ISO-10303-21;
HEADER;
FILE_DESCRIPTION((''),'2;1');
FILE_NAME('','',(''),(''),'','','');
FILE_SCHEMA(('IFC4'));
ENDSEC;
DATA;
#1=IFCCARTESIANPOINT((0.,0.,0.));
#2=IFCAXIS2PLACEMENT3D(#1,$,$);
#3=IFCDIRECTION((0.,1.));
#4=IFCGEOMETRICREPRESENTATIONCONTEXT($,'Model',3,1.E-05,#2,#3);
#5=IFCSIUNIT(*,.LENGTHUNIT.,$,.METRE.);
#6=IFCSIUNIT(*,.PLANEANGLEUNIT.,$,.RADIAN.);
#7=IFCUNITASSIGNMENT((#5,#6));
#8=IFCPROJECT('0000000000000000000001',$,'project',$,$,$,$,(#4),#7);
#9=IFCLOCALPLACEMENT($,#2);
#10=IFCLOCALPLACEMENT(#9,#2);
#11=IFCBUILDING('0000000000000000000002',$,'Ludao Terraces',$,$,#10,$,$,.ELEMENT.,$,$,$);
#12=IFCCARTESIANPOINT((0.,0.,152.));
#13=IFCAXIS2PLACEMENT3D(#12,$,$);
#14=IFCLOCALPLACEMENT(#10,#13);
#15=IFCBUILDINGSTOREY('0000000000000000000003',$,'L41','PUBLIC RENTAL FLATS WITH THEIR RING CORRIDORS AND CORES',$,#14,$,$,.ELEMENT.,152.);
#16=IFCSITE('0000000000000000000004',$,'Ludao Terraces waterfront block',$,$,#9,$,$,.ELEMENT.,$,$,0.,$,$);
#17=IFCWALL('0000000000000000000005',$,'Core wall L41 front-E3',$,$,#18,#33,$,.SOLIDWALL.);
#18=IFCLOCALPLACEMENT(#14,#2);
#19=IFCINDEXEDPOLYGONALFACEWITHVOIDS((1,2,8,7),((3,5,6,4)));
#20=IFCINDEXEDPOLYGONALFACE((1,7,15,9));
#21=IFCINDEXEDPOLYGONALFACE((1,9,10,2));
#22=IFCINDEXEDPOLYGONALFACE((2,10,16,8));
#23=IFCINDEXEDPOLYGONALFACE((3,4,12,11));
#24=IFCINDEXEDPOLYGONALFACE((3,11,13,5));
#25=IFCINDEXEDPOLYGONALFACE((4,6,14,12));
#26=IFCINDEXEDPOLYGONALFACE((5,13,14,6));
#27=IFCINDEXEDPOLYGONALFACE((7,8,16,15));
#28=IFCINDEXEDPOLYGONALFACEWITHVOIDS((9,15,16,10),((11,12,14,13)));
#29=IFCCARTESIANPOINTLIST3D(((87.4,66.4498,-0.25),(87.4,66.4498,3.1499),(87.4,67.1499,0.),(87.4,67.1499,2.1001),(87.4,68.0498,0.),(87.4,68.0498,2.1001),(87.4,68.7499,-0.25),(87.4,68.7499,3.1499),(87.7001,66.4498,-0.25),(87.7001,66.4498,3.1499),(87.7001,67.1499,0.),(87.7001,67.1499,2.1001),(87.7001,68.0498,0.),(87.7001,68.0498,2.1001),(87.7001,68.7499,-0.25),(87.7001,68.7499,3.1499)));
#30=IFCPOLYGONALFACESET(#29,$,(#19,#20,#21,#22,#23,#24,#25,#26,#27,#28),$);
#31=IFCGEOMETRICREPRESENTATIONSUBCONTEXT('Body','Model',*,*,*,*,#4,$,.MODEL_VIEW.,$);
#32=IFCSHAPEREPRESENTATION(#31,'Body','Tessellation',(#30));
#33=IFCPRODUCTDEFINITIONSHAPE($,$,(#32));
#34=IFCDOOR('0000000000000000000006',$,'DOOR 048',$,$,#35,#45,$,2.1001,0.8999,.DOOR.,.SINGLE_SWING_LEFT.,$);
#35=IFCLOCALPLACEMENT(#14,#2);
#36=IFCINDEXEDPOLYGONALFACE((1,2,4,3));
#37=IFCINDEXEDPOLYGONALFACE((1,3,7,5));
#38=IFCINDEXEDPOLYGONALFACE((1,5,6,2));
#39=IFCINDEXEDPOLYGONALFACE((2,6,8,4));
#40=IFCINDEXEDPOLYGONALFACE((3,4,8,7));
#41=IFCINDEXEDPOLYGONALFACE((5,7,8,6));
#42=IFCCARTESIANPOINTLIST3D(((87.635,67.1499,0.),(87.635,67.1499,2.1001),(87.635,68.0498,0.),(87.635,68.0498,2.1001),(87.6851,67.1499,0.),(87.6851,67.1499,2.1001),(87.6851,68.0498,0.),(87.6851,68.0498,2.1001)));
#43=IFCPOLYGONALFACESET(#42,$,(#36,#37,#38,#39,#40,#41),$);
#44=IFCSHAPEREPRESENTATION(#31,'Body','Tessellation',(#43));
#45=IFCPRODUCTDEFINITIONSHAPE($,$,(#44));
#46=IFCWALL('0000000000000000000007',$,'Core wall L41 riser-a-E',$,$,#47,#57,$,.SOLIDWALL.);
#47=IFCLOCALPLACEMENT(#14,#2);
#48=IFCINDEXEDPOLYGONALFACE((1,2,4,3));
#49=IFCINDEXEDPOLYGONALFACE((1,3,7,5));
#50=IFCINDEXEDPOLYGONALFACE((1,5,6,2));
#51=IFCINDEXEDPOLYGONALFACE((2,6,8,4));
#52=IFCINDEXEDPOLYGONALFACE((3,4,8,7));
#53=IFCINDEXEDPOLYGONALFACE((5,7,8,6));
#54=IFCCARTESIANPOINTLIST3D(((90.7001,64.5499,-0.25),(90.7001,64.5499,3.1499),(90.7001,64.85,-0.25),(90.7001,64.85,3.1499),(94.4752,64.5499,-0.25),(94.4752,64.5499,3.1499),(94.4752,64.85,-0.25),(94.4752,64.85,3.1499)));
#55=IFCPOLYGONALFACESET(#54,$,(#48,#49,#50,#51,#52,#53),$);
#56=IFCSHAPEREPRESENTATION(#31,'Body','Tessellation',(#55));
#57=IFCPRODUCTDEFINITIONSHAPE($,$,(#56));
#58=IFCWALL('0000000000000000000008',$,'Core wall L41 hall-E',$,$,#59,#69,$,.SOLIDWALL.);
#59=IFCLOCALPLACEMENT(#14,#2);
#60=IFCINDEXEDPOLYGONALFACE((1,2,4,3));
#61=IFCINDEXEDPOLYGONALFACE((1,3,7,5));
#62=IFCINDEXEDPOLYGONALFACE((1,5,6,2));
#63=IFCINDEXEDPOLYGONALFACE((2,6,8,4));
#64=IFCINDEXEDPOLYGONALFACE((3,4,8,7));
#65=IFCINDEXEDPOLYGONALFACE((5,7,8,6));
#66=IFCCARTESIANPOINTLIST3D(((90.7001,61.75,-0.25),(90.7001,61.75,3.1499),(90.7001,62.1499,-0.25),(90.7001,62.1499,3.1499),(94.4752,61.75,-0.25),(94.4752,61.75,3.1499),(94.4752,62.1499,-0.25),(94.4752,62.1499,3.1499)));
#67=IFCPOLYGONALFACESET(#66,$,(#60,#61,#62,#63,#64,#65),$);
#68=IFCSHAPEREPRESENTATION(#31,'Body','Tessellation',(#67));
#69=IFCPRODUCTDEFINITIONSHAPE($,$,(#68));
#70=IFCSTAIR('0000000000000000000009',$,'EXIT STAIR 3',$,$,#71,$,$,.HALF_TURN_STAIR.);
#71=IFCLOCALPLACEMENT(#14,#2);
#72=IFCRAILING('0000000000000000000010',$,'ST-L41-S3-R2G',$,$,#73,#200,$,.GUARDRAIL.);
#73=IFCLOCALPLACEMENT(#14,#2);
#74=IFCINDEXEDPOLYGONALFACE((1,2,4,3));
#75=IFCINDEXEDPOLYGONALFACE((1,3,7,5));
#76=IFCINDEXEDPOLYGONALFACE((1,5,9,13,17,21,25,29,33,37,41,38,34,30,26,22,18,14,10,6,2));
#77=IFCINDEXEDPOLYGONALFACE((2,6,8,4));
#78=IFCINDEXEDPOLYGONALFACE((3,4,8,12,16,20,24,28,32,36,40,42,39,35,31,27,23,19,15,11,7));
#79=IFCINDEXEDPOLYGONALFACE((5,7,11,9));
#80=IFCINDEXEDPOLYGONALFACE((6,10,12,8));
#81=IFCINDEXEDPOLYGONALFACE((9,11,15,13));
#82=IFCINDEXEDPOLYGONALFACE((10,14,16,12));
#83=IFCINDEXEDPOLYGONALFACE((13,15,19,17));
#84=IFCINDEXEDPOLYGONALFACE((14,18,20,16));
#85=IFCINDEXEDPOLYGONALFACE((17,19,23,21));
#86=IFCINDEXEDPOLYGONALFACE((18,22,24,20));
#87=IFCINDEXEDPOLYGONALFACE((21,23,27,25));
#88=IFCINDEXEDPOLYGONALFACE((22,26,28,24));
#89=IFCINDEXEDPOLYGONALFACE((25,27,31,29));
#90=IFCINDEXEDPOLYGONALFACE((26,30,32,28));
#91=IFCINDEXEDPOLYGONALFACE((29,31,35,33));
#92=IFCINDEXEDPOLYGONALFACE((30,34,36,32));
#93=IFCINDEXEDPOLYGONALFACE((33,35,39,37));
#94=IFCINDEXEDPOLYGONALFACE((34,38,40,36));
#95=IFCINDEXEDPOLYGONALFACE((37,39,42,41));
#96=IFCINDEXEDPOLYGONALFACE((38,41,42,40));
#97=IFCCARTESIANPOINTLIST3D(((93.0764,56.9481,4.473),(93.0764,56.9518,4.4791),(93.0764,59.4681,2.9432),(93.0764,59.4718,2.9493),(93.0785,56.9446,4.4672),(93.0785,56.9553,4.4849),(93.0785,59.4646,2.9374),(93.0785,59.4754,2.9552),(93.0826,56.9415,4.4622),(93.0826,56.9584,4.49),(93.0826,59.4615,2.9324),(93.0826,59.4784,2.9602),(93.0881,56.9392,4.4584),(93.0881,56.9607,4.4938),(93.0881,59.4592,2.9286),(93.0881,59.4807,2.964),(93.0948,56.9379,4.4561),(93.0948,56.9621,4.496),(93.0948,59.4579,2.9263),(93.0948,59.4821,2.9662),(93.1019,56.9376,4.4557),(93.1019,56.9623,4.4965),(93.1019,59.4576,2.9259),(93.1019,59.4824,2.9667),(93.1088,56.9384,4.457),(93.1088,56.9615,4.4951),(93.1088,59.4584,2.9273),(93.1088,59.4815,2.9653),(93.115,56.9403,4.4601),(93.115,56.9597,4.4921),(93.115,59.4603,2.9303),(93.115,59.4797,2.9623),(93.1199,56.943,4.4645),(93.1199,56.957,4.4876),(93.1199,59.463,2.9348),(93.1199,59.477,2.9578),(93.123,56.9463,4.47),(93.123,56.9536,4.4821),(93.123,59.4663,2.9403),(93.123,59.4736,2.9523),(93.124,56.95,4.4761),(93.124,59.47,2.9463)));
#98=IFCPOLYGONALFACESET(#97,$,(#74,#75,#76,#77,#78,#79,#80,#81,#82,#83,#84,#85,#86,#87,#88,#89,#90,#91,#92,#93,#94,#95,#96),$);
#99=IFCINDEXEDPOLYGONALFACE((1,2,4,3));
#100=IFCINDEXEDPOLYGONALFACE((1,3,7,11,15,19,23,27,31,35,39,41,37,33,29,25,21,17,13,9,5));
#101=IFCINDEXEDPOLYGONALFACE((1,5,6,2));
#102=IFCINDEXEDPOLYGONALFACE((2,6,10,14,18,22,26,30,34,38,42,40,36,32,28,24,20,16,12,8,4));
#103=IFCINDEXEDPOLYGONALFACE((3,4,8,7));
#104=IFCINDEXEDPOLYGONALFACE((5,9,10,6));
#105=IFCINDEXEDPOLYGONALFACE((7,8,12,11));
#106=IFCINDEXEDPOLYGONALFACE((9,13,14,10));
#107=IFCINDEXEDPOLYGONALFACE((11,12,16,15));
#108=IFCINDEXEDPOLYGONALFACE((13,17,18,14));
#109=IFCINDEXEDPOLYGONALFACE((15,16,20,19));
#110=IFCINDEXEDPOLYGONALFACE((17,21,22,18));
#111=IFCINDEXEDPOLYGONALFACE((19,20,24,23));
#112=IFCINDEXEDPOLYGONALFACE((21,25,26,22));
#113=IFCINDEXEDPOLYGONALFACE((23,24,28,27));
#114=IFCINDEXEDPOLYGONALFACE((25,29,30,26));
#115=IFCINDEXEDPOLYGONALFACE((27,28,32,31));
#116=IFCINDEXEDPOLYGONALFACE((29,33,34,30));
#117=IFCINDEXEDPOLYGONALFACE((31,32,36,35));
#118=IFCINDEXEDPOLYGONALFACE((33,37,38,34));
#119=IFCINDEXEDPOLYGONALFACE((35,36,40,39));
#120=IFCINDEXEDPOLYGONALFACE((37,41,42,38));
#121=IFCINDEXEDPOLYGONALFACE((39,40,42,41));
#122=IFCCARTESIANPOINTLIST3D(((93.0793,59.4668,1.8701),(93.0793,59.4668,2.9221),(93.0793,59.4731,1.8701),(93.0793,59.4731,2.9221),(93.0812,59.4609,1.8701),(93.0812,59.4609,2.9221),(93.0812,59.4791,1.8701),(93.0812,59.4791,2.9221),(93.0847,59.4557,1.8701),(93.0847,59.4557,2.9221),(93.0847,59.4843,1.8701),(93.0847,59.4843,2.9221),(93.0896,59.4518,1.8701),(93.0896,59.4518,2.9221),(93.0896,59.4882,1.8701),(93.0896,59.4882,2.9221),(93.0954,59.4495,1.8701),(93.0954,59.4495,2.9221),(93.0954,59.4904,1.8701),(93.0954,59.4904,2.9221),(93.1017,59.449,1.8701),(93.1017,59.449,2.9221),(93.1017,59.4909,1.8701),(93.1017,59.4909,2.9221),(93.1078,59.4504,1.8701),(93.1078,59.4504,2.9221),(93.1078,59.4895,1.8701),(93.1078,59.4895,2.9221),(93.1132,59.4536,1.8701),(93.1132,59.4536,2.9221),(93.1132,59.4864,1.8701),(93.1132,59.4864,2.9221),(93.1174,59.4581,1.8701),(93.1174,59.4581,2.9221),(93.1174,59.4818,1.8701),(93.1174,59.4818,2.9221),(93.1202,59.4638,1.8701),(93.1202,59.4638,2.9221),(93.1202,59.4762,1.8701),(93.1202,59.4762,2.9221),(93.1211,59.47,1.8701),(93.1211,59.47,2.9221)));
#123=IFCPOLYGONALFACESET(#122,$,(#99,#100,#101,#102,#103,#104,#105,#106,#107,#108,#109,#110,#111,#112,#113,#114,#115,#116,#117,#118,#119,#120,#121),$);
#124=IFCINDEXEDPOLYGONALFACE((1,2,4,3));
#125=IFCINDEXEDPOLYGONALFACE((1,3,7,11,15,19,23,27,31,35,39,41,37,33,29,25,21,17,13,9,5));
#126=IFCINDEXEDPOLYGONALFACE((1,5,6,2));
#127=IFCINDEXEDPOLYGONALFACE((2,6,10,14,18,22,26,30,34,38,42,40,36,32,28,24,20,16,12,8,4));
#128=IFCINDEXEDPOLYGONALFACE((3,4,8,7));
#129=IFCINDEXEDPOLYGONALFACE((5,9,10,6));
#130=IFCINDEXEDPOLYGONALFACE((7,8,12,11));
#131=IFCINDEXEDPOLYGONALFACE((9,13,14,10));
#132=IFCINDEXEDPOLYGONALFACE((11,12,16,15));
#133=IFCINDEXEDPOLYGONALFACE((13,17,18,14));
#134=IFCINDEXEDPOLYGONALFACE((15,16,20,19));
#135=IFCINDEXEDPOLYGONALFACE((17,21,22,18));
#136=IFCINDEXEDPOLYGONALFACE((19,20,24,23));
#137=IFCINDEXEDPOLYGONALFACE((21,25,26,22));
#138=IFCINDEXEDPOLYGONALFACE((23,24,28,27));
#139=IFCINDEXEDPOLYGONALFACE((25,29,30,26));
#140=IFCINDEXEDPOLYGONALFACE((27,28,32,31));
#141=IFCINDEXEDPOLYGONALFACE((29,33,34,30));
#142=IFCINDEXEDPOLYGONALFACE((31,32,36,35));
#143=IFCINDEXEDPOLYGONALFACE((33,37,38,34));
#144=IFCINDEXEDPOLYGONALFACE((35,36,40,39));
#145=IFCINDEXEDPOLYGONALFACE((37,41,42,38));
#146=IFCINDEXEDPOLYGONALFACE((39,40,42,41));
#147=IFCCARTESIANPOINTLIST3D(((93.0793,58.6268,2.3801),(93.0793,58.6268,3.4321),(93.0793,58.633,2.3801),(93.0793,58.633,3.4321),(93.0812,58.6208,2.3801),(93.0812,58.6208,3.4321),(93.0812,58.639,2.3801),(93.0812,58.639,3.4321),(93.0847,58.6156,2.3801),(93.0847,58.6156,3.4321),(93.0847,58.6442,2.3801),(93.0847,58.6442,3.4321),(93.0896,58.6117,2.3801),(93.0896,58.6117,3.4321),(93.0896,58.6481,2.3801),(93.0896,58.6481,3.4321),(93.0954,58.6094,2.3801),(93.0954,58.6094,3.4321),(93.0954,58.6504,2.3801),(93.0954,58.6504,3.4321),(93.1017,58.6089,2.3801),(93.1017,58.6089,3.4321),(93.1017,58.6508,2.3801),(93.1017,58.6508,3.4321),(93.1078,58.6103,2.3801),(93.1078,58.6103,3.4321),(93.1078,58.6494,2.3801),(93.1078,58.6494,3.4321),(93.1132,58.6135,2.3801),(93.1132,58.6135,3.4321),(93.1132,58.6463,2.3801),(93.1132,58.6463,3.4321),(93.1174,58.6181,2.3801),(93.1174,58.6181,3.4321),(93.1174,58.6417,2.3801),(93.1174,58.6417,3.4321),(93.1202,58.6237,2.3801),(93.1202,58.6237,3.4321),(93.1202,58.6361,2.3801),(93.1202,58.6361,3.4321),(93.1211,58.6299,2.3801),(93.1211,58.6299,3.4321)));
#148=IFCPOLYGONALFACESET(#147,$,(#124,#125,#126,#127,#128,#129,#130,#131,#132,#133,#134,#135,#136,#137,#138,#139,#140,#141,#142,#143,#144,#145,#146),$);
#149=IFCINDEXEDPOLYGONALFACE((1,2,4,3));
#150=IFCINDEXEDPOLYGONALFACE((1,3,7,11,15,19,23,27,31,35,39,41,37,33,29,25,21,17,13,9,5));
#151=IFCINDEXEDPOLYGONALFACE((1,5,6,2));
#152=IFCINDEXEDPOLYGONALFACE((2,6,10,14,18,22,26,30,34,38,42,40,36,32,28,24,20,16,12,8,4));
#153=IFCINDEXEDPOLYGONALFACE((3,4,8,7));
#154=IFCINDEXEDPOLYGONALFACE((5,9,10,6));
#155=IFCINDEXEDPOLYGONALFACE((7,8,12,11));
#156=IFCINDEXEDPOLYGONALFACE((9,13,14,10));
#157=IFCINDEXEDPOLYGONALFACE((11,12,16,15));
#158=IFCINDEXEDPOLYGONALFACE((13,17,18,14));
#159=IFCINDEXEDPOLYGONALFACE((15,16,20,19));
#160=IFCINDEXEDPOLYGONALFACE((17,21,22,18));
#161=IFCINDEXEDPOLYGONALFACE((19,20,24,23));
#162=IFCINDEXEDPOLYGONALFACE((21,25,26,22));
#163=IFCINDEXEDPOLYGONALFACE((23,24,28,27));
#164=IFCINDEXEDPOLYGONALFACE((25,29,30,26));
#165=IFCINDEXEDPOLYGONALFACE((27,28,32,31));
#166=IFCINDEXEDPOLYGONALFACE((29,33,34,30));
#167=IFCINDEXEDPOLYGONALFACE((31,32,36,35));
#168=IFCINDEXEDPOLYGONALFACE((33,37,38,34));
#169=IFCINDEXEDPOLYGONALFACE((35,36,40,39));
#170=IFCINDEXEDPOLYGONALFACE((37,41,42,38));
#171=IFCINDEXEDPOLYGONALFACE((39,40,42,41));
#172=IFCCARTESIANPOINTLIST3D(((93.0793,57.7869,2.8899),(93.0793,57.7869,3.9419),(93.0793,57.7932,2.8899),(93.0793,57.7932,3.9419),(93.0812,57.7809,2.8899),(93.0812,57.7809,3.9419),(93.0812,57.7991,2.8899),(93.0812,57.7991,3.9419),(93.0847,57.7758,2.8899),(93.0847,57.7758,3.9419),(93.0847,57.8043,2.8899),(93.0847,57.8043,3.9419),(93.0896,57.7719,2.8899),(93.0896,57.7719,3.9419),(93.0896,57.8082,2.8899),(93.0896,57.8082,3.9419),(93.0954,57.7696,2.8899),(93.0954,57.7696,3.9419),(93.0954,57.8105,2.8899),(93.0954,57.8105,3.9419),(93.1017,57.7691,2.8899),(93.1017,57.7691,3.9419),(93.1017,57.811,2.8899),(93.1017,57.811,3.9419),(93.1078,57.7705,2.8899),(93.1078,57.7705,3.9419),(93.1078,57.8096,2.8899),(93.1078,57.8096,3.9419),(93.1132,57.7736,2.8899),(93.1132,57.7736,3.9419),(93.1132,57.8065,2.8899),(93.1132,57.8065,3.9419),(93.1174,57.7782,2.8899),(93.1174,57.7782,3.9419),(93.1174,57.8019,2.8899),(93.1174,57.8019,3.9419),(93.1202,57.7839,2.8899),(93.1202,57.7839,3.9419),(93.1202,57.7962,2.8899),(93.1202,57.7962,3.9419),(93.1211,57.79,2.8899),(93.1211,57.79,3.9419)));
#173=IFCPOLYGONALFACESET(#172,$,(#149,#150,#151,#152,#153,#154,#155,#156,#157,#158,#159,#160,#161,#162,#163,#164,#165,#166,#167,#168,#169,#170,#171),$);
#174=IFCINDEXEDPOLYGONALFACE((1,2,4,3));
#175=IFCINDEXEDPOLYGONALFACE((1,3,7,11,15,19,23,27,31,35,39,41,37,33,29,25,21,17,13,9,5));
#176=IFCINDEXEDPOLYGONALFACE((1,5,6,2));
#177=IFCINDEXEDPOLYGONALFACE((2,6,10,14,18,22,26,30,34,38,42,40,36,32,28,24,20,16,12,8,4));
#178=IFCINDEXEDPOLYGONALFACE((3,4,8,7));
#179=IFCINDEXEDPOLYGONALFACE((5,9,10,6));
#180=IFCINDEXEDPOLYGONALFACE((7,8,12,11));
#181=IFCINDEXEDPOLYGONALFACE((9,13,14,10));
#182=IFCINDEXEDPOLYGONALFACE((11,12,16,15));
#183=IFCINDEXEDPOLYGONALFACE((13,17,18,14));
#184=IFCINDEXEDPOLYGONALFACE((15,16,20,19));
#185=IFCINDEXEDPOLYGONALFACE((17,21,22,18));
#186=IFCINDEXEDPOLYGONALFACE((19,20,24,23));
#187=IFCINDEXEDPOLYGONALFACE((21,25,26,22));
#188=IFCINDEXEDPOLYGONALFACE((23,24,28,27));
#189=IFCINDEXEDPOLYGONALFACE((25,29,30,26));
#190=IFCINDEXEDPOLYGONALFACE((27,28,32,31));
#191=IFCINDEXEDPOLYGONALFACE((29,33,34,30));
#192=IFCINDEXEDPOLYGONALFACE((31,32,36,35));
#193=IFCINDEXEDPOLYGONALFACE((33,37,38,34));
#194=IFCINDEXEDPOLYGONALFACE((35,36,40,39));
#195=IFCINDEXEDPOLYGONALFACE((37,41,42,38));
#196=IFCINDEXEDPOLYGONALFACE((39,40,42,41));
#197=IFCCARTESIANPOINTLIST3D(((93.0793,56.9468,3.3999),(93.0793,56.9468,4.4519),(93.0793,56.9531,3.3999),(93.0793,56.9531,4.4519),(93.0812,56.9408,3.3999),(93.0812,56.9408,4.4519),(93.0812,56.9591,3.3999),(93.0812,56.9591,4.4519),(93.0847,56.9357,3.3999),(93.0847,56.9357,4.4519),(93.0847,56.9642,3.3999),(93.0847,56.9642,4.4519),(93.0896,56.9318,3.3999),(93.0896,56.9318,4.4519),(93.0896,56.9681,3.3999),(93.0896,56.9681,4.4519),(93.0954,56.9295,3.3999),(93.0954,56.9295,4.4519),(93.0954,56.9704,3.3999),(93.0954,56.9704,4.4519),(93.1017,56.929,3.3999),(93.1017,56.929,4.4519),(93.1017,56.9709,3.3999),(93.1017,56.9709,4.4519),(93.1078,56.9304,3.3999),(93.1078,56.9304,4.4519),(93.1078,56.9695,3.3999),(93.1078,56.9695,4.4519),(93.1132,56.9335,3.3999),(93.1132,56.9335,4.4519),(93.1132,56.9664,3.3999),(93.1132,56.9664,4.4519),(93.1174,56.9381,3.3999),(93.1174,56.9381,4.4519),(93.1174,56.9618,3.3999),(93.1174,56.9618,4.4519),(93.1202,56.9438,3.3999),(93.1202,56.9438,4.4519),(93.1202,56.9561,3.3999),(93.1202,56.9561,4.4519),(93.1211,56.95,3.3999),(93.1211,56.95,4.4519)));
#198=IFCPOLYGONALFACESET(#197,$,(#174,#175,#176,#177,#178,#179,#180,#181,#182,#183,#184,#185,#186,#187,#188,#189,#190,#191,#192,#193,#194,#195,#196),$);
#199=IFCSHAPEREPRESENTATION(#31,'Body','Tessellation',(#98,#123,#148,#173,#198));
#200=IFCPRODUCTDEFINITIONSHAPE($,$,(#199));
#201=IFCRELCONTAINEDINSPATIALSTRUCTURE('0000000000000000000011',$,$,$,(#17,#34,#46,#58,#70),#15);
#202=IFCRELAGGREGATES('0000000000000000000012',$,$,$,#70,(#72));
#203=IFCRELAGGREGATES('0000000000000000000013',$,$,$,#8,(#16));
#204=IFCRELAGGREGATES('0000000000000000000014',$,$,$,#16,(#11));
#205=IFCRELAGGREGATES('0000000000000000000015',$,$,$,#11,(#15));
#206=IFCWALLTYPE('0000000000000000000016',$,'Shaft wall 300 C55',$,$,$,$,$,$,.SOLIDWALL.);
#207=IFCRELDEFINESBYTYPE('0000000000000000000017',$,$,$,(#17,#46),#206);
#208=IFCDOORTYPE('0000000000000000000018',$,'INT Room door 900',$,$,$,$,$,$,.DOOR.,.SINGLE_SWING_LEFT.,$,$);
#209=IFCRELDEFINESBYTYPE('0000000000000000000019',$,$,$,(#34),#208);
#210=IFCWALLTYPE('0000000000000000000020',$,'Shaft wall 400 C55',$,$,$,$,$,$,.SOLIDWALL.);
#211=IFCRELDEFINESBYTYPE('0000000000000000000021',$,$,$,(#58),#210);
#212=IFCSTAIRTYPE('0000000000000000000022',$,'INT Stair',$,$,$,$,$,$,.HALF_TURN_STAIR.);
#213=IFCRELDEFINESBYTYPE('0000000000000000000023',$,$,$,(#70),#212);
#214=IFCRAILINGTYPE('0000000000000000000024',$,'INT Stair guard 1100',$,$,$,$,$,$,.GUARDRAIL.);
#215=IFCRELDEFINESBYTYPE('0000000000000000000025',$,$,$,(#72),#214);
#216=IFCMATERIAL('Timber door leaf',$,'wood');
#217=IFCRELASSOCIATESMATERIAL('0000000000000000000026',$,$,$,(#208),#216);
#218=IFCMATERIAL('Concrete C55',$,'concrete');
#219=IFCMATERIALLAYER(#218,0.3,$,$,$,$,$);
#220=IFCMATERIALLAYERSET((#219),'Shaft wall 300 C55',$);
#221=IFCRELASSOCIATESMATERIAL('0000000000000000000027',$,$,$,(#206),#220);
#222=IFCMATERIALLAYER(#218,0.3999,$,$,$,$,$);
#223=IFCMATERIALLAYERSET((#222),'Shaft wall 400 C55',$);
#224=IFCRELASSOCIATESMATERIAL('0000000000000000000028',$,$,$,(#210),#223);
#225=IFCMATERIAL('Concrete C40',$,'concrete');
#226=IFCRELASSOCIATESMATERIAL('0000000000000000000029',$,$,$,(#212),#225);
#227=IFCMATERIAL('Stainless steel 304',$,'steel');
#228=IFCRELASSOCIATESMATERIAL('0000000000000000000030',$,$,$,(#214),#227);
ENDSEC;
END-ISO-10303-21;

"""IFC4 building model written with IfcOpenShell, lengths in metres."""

from ifc_helpers import new_model, si_unit, direction, frame, frame_2d, origin, origin_2d, place, context, subcontext, project, spatial, rectangle, circle, extrude, material, layer, layer_set, type_object, element, fill, aggregate, save


model = new_model("IFC4")

# Units and contexts
model_context = context("Model", 3, precision=1e-05, world=origin(), true_north=direction((0.0, 1.0)))
body_context = subcontext(model_context, "Body", "Model", "MODEL_VIEW")
ifc_project = project(units=[si_unit("LENGTHUNIT", "METRE"), si_unit("PLANEANGLEUNIT", "RADIAN")], contexts=[model_context])

# Site, building, storey
site_placement = place(None, origin())
site = spatial("IfcSite", under=ifc_project, at=site_placement, Name="Ludao Terraces waterfront block", CompositionType="ELEMENT", RefElevation=0.0)
building_placement = place(site_placement, origin())
building = spatial("IfcBuilding", under=site, at=building_placement, Name="Ludao Terraces", CompositionType="ELEMENT")
storey_placement = place(building_placement, frame((0.0, 0.0, 152.0)))
storey = spatial("IfcBuildingStorey", under=building, at=storey_placement, Name="L41", Description="PUBLIC RENTAL FLATS WITH THEIR RING CORRIDORS AND CORES", CompositionType="ELEMENT", Elevation=152.0)

# Shared definitions
ifc_material_1 = material(Name="Concrete C40", Category="concrete")

# Shared definitions
ifc_material_2 = material(Name="Timber door leaf", Category="wood")
door_type_1 = type_object("IfcDoorType", Name="INT Room door 900", OperationType="SINGLE_SWING_LEFT", PredefinedType="DOOR", material=ifc_material_2)

# Shared definitions
ifc_material_3 = material(Name="Concrete C55", Category="concrete")
ifc_layer_1 = layer(ifc_material_3, 0.3)
ifc_layer_set_1 = layer_set([ifc_layer_1], Name="Shaft wall 300 C55")
wall_type_1 = type_object("IfcWallType", Name="Shaft wall 300 C55", PredefinedType="SOLIDWALL", material=ifc_layer_set_1)

# Wall, opening, door
wall_1_placement = place(storey_placement, frame((87.55, 66.45, -0.25), z_axis=(0.0, 0.0, 1.0), x_axis=(0.0, 1.0, 0.0)))
wall_1 = element("IfcWall", 1, at=wall_1_placement, inside=storey, type_object=wall_type_1, Name="Core wall L41 front-E3", PredefinedType="SOLIDWALL", context=body_context, shape_type="SweptSolid", body=[
    extrude(rectangle(XDim=2.3, YDim=0.3, at=frame_2d((1.1499, 0.0))), origin(), (0.0, 0.0, 1.0), 3.3999),
])
opening_1_placement = place(wall_1_placement, frame((0.7, 0.0, 0.25)))
opening_1 = element("IfcOpeningElement", 2, at=opening_1_placement, cuts=wall_1, PredefinedType="OPENING", context=body_context, shape_type="SweptSolid", body=[
    extrude(rectangle(XDim=0.8999, YDim=2.1001, at=frame_2d((0.45, 1.05))), frame((0.0, 0.1602, 0.0), z_axis=(0.0, -1.0, 0.0), x_axis=(1.0, 0.0, 0.0)), (0.0, 0.0, 1.0), 0.3201),
])
door_1_placement = place(opening_1_placement, origin())
door_1 = element("IfcDoor", 3, at=door_1_placement, inside=storey, type_object=door_type_1, Name="DOOR 048", OperationType="SINGLE_SWING_LEFT", OverallHeight=2.1001, OverallWidth=0.8999, PredefinedType="DOOR", context=body_context, shape_type="SweptSolid", body=[
    extrude(rectangle(XDim=0.8999, YDim=2.1001, at=frame_2d((0.45, 1.05))), frame((0.0, -0.085, 0.0), z_axis=(0.0, -1.0, 0.0), x_axis=(1.0, 0.0, 0.0)), (0.0, 0.0, 1.0), 0.05),
])
fill(opening_1, door_1)

# Walls
wall_2_placement = place(storey_placement, frame((90.7, 64.7, -0.25), z_axis=(0.0, 0.0, 1.0), x_axis=(1.0, 0.0, 0.0)))
element("IfcWall", 4, at=wall_2_placement, inside=storey, type_object=wall_type_1, Name="Core wall L41 riser-a-E", PredefinedType="SOLIDWALL", context=body_context, shape_type="SweptSolid", body=[
    extrude(rectangle(XDim=3.7751, YDim=0.3, at=frame_2d((1.8877, 0.0))), origin(), (0.0, 0.0, 1.0), 3.3999),
])
ifc_layer_2 = layer(ifc_material_3, 0.3999)
ifc_layer_set_2 = layer_set([ifc_layer_2], Name="Shaft wall 400 C55")
wall_type_2 = type_object("IfcWallType", Name="Shaft wall 400 C55", PredefinedType="SOLIDWALL", material=ifc_layer_set_2)
wall_3_placement = place(storey_placement, frame((90.7, 61.95, -0.25), z_axis=(0.0, 0.0, 1.0), x_axis=(1.0, 0.0, 0.0)))
element("IfcWall", 5, at=wall_3_placement, inside=storey, type_object=wall_type_2, Name="Core wall L41 hall-E", PredefinedType="SOLIDWALL", context=body_context, shape_type="SweptSolid", body=[
    extrude(rectangle(XDim=3.7751, YDim=0.3999, at=frame_2d((1.8877, 0.0))), origin(), (0.0, 0.0, 1.0), 3.3999),
])

# Stair, railing
stair_type = type_object("IfcStairType", Name="INT Stair", PredefinedType="HALF_TURN_STAIR", material=ifc_material_1)
stair_placement = place(storey_placement, origin())
stair = element("IfcStair", 6, at=stair_placement, inside=storey, type_object=stair_type, Name="EXIT STAIR 3", PredefinedType="HALF_TURN_STAIR")
ifc_material_4 = material(Name="Stainless steel 304", Category="steel")
railing_type_1 = type_object("IfcRailingType", Name="INT Stair guard 1100", PredefinedType="GUARDRAIL", material=ifc_material_4)
railing_1_placement = place(storey_placement, frame((93.1001, 59.47, 1.8701)))
railing_1 = element("IfcRailing", 7, at=railing_1_placement, type_object=railing_type_1, Name="ST-L41-S3-R2G", PredefinedType="GUARDRAIL", context=body_context, shape_type="SweptSolid", body=[
    extrude(circle(Radius=0.0239, at=origin_2d()), frame((0.0, 0.0, 1.0762), z_axis=(0.0, -0.854822, 0.518922), x_axis=(1.0, 0.0, 0.0)), (0.0, 0.0, 1.0), 2.948),
    extrude(circle(Radius=0.021, at=origin_2d()), origin(), (0.0, 0.0, 1.0), 1.052),
    extrude(circle(Radius=0.021, at=origin_2d()), frame((0.0, -0.8401, 0.51)), (0.0, 0.0, 1.0), 1.052),
    extrude(circle(Radius=0.021, at=origin_2d()), frame((0.0, -1.6799, 1.0198)), (0.0, 0.0, 1.0), 1.052),
    extrude(circle(Radius=0.021, at=origin_2d()), frame((0.0, -2.52, 1.5298)), (0.0, 0.0, 1.0), 1.052),
])
aggregate(stair, [railing_1])

save(model, "model.ifc")
